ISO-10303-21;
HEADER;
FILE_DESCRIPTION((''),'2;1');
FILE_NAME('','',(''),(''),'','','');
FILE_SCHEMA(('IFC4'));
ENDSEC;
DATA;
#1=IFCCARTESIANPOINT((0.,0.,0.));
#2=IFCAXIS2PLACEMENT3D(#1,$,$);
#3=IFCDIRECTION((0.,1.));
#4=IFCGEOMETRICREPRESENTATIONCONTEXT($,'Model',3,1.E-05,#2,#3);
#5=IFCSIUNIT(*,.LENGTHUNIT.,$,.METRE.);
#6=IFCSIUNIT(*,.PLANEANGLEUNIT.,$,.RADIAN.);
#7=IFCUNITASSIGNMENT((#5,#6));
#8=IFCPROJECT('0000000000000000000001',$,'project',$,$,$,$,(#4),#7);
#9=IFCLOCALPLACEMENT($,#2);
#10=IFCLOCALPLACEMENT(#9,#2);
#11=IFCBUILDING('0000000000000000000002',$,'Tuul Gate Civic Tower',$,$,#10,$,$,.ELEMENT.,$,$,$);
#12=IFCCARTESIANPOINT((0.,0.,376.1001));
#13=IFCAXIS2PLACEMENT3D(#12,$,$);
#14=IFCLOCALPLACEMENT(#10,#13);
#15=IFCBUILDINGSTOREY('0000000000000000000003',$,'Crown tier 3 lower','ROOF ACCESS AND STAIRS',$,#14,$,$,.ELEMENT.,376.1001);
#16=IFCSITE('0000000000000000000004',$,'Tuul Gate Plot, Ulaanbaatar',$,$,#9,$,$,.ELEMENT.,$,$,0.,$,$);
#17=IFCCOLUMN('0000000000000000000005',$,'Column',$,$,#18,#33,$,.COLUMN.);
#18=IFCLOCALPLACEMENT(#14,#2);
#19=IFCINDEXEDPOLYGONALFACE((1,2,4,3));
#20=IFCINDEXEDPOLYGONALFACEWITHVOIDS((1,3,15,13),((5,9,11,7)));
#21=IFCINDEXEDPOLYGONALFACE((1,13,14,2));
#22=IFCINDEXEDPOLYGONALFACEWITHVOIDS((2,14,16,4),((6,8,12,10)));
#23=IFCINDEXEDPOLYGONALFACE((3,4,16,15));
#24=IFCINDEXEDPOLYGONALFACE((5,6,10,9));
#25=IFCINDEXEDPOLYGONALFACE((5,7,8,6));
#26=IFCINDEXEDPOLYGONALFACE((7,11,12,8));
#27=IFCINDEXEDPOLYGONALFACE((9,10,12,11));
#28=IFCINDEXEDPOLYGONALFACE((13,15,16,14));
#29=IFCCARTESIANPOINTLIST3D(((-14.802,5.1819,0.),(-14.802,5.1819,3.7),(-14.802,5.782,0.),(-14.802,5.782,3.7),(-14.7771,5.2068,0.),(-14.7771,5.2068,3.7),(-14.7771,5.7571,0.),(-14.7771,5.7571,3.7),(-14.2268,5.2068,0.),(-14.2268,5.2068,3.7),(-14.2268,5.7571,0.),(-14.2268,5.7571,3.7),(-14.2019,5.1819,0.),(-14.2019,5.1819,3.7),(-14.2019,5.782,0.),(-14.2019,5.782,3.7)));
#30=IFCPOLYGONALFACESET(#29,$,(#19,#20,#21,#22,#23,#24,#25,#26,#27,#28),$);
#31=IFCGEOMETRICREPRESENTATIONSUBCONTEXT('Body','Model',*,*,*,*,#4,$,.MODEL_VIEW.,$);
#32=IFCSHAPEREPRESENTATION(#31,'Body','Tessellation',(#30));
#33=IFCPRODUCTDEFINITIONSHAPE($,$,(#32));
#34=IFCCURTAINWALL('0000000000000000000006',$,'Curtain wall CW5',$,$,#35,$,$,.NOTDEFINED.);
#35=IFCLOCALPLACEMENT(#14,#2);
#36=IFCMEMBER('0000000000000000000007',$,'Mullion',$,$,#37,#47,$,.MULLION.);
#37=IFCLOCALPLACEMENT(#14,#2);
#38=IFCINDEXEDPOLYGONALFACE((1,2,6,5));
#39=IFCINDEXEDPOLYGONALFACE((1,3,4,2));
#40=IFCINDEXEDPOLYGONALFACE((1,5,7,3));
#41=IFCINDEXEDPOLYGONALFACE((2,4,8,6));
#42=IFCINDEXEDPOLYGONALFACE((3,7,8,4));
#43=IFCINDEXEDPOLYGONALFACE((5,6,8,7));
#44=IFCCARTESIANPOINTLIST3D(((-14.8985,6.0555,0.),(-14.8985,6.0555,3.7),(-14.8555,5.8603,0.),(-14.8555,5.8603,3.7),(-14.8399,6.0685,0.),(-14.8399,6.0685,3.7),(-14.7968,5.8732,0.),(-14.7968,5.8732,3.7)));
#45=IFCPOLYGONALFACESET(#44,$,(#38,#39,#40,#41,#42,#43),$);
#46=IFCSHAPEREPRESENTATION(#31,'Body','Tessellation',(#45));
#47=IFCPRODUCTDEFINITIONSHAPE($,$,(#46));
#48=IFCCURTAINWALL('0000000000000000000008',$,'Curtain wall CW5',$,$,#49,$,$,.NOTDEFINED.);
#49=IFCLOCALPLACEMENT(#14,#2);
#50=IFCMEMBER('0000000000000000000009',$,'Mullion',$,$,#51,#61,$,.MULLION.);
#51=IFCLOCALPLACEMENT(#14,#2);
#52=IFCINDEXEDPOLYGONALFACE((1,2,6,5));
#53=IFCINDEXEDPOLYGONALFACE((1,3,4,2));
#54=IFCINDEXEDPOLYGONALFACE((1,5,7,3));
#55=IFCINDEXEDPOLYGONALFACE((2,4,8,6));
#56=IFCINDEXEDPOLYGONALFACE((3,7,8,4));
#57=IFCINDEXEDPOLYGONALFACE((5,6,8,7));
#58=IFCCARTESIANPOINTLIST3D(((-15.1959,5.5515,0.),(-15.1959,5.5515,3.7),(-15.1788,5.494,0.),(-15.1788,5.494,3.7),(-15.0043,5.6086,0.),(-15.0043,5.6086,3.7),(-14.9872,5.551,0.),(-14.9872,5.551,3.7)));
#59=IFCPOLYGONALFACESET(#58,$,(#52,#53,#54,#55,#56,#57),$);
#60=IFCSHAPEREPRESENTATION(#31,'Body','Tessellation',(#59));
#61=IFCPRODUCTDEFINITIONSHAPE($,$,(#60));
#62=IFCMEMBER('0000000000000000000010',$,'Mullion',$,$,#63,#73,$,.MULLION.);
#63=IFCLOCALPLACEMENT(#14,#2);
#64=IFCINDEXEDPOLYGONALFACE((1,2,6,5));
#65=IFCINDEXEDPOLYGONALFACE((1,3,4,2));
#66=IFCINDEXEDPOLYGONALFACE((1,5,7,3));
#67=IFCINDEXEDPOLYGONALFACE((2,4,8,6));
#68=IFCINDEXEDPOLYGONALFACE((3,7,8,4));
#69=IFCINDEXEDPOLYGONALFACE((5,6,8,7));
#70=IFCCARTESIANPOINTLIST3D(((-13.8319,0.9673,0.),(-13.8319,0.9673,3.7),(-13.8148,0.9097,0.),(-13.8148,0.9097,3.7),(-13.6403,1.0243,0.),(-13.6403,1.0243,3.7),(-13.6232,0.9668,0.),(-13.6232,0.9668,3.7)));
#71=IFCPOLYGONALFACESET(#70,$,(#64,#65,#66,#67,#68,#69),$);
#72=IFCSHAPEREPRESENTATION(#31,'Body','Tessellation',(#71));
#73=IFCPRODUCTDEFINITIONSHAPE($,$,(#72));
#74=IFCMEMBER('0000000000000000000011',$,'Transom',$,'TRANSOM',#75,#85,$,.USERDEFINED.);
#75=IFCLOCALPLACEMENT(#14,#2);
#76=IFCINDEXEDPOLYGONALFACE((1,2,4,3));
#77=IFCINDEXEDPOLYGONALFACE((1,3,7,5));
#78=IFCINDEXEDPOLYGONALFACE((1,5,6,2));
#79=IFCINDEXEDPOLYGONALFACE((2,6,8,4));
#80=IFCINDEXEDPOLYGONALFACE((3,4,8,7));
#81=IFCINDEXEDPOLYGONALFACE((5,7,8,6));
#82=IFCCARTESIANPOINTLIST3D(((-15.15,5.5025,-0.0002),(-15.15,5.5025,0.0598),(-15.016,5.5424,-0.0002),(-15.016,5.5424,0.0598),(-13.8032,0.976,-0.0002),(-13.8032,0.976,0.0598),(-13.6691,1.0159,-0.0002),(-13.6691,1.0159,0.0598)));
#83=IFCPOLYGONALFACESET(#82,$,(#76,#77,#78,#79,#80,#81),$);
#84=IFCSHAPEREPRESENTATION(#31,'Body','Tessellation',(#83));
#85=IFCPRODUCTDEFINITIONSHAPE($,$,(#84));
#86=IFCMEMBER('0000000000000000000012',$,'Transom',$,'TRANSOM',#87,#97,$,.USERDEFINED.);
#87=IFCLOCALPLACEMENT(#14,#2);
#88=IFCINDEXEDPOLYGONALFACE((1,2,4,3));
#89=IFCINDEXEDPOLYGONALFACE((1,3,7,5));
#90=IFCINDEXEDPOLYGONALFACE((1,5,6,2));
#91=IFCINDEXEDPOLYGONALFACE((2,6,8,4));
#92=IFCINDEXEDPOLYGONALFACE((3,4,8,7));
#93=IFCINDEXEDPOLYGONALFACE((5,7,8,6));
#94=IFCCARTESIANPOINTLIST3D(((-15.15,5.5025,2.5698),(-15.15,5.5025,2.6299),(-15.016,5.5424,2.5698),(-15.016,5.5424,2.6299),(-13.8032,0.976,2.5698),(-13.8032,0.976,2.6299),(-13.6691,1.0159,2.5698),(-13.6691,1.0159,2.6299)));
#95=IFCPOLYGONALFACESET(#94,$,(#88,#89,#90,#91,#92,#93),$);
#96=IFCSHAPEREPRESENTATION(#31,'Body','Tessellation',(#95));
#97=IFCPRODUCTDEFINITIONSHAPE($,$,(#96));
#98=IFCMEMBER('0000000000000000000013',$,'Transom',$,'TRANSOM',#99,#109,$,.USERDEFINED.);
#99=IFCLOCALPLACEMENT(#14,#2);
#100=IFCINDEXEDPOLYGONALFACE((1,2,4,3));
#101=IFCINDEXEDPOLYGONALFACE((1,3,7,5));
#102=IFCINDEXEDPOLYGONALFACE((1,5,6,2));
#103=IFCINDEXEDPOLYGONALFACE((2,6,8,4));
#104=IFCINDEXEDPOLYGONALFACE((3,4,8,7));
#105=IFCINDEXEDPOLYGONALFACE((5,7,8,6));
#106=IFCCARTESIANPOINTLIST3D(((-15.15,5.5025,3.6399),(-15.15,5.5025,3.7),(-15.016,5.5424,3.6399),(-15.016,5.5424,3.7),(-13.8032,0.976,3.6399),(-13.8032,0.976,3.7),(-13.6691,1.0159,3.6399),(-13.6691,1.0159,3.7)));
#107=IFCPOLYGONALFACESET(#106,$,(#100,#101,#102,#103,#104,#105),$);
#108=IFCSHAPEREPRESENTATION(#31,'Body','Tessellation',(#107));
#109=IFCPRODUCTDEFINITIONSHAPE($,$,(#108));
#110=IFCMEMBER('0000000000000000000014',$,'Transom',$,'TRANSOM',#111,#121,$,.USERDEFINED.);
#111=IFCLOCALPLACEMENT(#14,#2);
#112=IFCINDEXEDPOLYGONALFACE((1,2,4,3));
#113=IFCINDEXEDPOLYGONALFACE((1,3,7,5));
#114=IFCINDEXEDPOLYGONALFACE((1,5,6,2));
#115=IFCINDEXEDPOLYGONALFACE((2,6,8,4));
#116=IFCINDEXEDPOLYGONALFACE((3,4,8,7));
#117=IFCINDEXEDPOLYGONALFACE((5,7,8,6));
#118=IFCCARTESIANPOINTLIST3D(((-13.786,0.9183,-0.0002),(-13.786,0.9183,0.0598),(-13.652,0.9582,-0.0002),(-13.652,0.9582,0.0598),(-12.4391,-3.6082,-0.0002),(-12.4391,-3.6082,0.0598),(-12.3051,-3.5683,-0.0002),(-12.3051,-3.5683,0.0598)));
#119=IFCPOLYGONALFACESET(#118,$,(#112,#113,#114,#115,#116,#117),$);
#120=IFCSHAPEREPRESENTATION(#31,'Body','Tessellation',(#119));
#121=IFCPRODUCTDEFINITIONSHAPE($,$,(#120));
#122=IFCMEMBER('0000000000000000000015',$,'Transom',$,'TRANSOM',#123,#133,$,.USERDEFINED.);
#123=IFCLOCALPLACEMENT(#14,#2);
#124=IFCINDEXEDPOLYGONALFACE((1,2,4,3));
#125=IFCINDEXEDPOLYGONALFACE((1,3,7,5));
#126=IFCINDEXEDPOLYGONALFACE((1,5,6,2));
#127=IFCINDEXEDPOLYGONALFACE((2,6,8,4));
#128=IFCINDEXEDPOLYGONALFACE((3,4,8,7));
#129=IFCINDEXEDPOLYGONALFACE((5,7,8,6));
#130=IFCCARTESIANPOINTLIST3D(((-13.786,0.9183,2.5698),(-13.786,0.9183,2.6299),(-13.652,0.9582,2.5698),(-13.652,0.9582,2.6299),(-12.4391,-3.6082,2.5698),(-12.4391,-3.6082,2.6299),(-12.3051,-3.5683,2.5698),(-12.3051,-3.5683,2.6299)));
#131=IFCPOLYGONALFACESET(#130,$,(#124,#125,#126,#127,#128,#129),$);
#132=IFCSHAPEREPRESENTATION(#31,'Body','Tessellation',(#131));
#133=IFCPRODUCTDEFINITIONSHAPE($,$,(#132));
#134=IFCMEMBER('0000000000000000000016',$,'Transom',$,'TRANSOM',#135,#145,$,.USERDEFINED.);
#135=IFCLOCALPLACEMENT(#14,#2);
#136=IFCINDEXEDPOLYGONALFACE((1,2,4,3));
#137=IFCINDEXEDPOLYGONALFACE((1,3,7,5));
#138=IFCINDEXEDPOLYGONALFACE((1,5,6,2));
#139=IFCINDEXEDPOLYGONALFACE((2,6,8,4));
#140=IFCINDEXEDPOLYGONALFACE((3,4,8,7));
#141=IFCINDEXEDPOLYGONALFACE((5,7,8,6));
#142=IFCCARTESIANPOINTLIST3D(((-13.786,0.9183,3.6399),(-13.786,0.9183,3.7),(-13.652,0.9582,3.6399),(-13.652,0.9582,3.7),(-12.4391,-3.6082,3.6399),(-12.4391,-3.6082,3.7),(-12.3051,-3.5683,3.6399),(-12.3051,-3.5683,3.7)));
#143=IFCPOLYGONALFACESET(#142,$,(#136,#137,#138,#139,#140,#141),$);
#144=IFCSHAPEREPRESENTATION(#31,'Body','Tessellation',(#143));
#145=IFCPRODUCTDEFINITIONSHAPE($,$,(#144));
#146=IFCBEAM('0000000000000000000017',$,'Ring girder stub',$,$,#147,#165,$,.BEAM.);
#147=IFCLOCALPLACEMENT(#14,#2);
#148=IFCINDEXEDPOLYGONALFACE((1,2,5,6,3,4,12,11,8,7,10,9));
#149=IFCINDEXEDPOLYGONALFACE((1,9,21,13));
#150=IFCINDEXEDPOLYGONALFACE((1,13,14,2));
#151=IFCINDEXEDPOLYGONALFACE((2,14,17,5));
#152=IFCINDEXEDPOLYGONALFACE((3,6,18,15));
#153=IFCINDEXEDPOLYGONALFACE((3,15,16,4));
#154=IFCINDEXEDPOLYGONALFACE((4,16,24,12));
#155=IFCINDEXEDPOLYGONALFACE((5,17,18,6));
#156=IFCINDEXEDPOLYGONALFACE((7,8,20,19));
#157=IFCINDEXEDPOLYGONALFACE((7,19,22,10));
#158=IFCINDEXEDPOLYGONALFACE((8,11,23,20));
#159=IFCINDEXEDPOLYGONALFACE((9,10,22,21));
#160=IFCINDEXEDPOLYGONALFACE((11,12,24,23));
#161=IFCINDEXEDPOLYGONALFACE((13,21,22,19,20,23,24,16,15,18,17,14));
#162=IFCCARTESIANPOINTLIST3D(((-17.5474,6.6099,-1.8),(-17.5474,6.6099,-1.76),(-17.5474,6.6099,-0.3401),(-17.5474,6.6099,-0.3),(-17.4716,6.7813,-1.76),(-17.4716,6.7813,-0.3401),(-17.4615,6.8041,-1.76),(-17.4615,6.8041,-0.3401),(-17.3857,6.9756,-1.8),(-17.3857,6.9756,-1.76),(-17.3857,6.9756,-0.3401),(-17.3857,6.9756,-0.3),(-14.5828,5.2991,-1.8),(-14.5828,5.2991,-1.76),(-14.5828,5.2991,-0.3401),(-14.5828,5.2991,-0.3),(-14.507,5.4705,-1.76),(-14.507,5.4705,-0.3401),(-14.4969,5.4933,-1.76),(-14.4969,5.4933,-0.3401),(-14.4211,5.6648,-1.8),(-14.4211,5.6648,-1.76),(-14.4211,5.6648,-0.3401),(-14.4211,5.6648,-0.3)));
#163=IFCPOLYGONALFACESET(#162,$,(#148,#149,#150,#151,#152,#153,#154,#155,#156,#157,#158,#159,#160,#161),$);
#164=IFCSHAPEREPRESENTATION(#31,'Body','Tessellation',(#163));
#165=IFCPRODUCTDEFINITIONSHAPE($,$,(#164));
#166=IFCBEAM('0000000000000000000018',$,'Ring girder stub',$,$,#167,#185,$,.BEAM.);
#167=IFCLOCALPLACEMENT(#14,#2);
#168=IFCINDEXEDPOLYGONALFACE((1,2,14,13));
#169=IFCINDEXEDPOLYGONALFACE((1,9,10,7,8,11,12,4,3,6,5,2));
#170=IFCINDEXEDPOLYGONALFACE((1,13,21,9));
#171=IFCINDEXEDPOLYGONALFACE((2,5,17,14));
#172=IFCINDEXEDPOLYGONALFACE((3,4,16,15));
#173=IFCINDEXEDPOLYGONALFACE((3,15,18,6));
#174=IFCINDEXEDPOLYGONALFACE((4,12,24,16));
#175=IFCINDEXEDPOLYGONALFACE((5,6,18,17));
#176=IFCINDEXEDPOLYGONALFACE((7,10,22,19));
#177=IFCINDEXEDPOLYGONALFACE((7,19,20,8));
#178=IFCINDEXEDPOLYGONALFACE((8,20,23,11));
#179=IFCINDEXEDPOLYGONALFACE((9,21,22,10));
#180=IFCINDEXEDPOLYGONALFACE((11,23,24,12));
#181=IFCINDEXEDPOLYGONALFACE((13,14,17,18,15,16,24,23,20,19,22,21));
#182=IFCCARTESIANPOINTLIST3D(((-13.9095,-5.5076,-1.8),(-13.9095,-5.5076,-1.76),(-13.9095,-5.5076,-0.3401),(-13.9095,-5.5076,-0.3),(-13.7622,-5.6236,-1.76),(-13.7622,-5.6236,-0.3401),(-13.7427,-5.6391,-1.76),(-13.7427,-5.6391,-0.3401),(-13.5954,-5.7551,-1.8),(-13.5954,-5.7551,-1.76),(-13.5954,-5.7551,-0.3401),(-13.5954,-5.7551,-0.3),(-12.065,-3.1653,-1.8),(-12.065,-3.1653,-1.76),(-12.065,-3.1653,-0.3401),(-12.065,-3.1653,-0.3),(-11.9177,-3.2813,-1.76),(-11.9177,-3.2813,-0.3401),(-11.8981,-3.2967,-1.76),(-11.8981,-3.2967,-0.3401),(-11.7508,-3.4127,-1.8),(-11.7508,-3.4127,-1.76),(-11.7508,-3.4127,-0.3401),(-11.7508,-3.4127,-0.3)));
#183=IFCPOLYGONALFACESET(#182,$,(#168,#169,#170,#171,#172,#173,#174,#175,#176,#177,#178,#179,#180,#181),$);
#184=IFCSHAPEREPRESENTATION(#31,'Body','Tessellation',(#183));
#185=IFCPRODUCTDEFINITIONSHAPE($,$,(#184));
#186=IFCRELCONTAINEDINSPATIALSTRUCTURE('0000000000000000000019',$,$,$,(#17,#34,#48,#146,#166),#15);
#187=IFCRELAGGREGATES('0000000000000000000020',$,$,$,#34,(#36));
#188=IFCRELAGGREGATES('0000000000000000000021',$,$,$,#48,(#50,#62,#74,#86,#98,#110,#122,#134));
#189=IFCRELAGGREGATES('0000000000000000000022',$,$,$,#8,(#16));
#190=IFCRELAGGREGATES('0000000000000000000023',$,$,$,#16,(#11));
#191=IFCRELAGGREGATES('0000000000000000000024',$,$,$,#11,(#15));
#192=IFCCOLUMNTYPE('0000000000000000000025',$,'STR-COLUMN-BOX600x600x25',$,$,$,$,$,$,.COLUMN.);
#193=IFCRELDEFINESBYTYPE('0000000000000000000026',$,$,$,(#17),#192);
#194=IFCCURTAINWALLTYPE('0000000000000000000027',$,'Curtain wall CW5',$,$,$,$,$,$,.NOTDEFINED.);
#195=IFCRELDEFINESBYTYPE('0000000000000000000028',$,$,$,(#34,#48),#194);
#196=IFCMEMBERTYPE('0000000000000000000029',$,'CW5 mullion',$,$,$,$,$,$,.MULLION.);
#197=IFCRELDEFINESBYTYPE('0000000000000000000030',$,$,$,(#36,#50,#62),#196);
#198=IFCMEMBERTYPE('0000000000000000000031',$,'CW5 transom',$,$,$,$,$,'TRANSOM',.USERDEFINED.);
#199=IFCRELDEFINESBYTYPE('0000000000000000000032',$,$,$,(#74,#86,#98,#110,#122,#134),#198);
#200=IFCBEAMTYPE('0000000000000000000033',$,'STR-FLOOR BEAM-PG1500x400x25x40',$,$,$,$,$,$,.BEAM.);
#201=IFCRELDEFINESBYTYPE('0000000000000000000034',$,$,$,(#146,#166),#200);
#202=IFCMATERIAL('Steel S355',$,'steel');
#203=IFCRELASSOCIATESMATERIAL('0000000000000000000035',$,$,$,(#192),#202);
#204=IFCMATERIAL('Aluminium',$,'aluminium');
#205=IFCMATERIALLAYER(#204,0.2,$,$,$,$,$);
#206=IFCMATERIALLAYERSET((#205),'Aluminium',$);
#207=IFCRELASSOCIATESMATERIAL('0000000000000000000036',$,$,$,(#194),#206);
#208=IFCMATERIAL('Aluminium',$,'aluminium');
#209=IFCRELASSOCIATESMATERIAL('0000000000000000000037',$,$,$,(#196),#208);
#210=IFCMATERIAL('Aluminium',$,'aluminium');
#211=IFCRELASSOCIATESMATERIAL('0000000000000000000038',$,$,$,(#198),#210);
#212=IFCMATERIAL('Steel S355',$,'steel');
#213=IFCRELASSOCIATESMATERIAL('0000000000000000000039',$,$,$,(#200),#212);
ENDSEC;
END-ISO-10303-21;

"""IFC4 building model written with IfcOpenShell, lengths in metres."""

from ifc_helpers import new_model, si_unit, direction, frame, origin, origin_2d, place, context, subcontext, project, spatial, rectangle, hollow_rectangle, i_section, extrude, material, layer, layer_set, material_profile, profile_set, type_object, element, aggregate, save


model = new_model("IFC4")

# Units and contexts
model_context = context("Model", 3, precision=1e-05, world=origin(), true_north=direction((0.0, 1.0)))
body_context = subcontext(model_context, "Body", "Model", "MODEL_VIEW")
ifc_project = project(units=[si_unit("LENGTHUNIT", "METRE"), si_unit("PLANEANGLEUNIT", "RADIAN")], contexts=[model_context])

# Site, building, storey
site_placement = place(None, origin())
site = spatial("IfcSite", under=ifc_project, at=site_placement, Name="Tuul Gate Plot, Ulaanbaatar", CompositionType="ELEMENT", RefElevation=0.0)
building_placement = place(site_placement, origin())
building = spatial("IfcBuilding", under=site, at=building_placement, Name="Tuul Gate Civic Tower", CompositionType="ELEMENT")
storey_placement = place(building_placement, frame((0.0, 0.0, 376.1001)))
storey = spatial("IfcBuildingStorey", under=building, at=storey_placement, Name="Crown tier 3 lower", Description="ROOF ACCESS AND STAIRS", CompositionType="ELEMENT", Elevation=376.1001)

# Column
ifc_material_1 = material(Name="Steel S355", Category="steel")
ifc_material_profile_1 = material_profile(ifc_material_1, hollow_rectangle(XDim=0.6001, YDim=0.6001, WallThickness=0.0249, at=origin_2d()), Name="BOX600x600x25")
ifc_profile_set_1 = profile_set([ifc_material_profile_1], Name="Steel S355")
column_type = type_object("IfcColumnType", Name="STR-COLUMN-BOX600x600x25", PredefinedType="COLUMN", material=ifc_profile_set_1)
column_placement = place(storey_placement, frame((-14.502, 5.4819, 0.0), z_axis=(0.0, 0.0, 1.0), x_axis=(1.0, 0.0, 0.0)))
element("IfcColumn", 1, at=column_placement, inside=storey, type_object=column_type, Name="Column", PredefinedType="COLUMN", context=body_context, shape_type="SweptSolid", body=[
    extrude(hollow_rectangle(XDim=0.6001, YDim=0.6001, WallThickness=0.0249, at=origin_2d()), origin(), (0.0, 0.0, 1.0), 3.7),
])

# Curtain wall, member
ifc_material_2 = material(Name="Aluminium", Category="aluminium")
ifc_layer_1 = layer(ifc_material_2, 0.2)
ifc_layer_set_1 = layer_set([ifc_layer_1], Name="Aluminium")
curtain_wall_type = type_object("IfcCurtainWallType", Name="Curtain wall CW5", PredefinedType="NOTDEFINED", material=ifc_layer_set_1)
curtain_wall_1_placement = place(storey_placement, origin())
curtain_wall_1 = element("IfcCurtainWall", 2, at=curtain_wall_1_placement, inside=storey, type_object=curtain_wall_type, Name="Curtain wall CW5", PredefinedType="NOTDEFINED")
ifc_material_3 = material(Name="Aluminium", Category="aluminium")
ifc_material_profile_2 = material_profile(ifc_material_3, rectangle(XDim=0.2, YDim=0.0601, at=origin_2d()), Name="CW5 mullion")
ifc_profile_set_2 = profile_set([ifc_material_profile_2], Name="Aluminium")
member_type_1 = type_object("IfcMemberType", Name="CW5 mullion", PredefinedType="MULLION", material=ifc_profile_set_2)
member_1_placement = place(storey_placement, frame((-14.8477, 5.9644, 0.0), z_axis=(0.0, 0.0, 1.0), x_axis=(0.215298, -0.976548, 0.0)))
member_1 = element("IfcMember", 3, at=member_1_placement, type_object=member_type_1, Name="Mullion", PredefinedType="MULLION", context=body_context, shape_type="SweptSolid", body=[
    extrude(rectangle(XDim=0.2, YDim=0.0601, at=origin_2d()), origin(), (0.0, 0.0, 1.0), 3.7),
])
aggregate(curtain_wall_1, [member_1])

# Curtain wall, members
curtain_wall_2_placement = place(storey_placement, origin())
curtain_wall_2 = element("IfcCurtainWall", 4, at=curtain_wall_2_placement, inside=storey, type_object=curtain_wall_type, Name="Curtain wall CW5", PredefinedType="NOTDEFINED")
member_2_placement = place(storey_placement, frame((-15.0916, 5.5513, 0.0), z_axis=(0.0, 0.0, 1.0), x_axis=(0.958476, 0.285174, 0.0)))
member_2 = element("IfcMember", 5, at=member_2_placement, type_object=member_type_1, Name="Mullion", PredefinedType="MULLION", context=body_context, shape_type="SweptSolid", body=[
    extrude(rectangle(XDim=0.2, YDim=0.0601, at=origin_2d()), origin(), (0.0, 0.0, 1.0), 3.7),
])
member_3_placement = place(storey_placement, frame((-13.7275, 0.967, 0.0), z_axis=(0.0, 0.0, 1.0), x_axis=(0.958476, 0.285174, 0.0)))
member_3 = element("IfcMember", 6, at=member_3_placement, type_object=member_type_1, Name="Mullion", PredefinedType="MULLION", context=body_context, shape_type="SweptSolid", body=[
    extrude(rectangle(XDim=0.2, YDim=0.0601, at=origin_2d()), origin(), (0.0, 0.0, 1.0), 3.7),
])
ifc_material_4 = material(Name="Aluminium", Category="aluminium")
ifc_material_profile_3 = material_profile(ifc_material_4, rectangle(XDim=0.1399, YDim=0.0601, at=origin_2d()), Name="CW5 transom")
ifc_profile_set_3 = profile_set([ifc_material_profile_3], Name="Aluminium")
member_type_2 = type_object("IfcMemberType", Name="CW5 transom", ElementType="TRANSOM", PredefinedType="USERDEFINED", material=ifc_profile_set_3)
member_4_placement = place(storey_placement, frame((-15.083, 5.5225, 0.0298), z_axis=(0.285199, -0.958468, 0.0), x_axis=(0.958468, 0.285199, 0.0)))
member_4 = element("IfcMember", 7, at=member_4_placement, type_object=member_type_2, Name="Transom", ObjectType="TRANSOM", PredefinedType="USERDEFINED", context=body_context, shape_type="SweptSolid", body=[
    extrude(rectangle(XDim=0.1399, YDim=0.0601, at=origin_2d()), origin(), (0.0, 0.0, 1.0), 4.7227),
])
member_5_placement = place(storey_placement, frame((-15.083, 5.5225, 2.5999), z_axis=(0.285199, -0.958468, 0.0), x_axis=(0.958468, 0.285199, 0.0)))
member_5 = element("IfcMember", 8, at=member_5_placement, type_object=member_type_2, Name="Transom", ObjectType="TRANSOM", PredefinedType="USERDEFINED", context=body_context, shape_type="SweptSolid", body=[
    extrude(rectangle(XDim=0.1399, YDim=0.0601, at=origin_2d()), origin(), (0.0, 0.0, 1.0), 4.7227),
])
member_6_placement = place(storey_placement, frame((-15.083, 5.5225, 3.6699), z_axis=(0.285199, -0.958468, 0.0), x_axis=(0.958468, 0.285199, 0.0)))
member_6 = element("IfcMember", 9, at=member_6_placement, type_object=member_type_2, Name="Transom", ObjectType="TRANSOM", PredefinedType="USERDEFINED", context=body_context, shape_type="SweptSolid", body=[
    extrude(rectangle(XDim=0.1399, YDim=0.0601, at=origin_2d()), origin(), (0.0, 0.0, 1.0), 4.7227),
])
member_7_placement = place(storey_placement, frame((-13.719, 0.9382, 0.0298), z_axis=(0.285199, -0.958468, 0.0), x_axis=(0.958468, 0.285199, 0.0)))
member_7 = element("IfcMember", 10, at=member_7_placement, type_object=member_type_2, Name="Transom", ObjectType="TRANSOM", PredefinedType="USERDEFINED", context=body_context, shape_type="SweptSolid", body=[
    extrude(rectangle(XDim=0.1399, YDim=0.0601, at=origin_2d()), origin(), (0.0, 0.0, 1.0), 4.7227),
])
member_8_placement = place(storey_placement, frame((-13.719, 0.9382, 2.5999), z_axis=(0.285199, -0.958468, 0.0), x_axis=(0.958468, 0.285199, 0.0)))
member_8 = element("IfcMember", 11, at=member_8_placement, type_object=member_type_2, Name="Transom", ObjectType="TRANSOM", PredefinedType="USERDEFINED", context=body_context, shape_type="SweptSolid", body=[
    extrude(rectangle(XDim=0.1399, YDim=0.0601, at=origin_2d()), origin(), (0.0, 0.0, 1.0), 4.7227),
])
member_9_placement = place(storey_placement, frame((-13.719, 0.9382, 3.6699), z_axis=(0.285199, -0.958468, 0.0), x_axis=(0.958468, 0.285199, 0.0)))
member_9 = element("IfcMember", 12, at=member_9_placement, type_object=member_type_2, Name="Transom", ObjectType="TRANSOM", PredefinedType="USERDEFINED", context=body_context, shape_type="SweptSolid", body=[
    extrude(rectangle(XDim=0.1399, YDim=0.0601, at=origin_2d()), origin(), (0.0, 0.0, 1.0), 4.7227),
])

# Beams
ifc_material_5 = material(Name="Steel S355", Category="steel")
ifc_material_profile_4 = material_profile(ifc_material_5, i_section(OverallWidth=0.3999, OverallDepth=1.5, WebThickness=0.0249, FlangeThickness=0.04, at=origin_2d()), Name="PG1500x400x25x40")
ifc_profile_set_4 = profile_set([ifc_material_profile_4], Name="Steel S355")
beam_type_1 = type_object("IfcBeamType", Name="STR-FLOOR BEAM-PG1500x400x25x40", PredefinedType="BEAM", material=ifc_profile_set_4)
beam_1_placement = place(storey_placement, frame((-17.4666, 6.7927, -1.05), z_axis=(0.914589, -0.404384, 0.0), x_axis=(0.404384, 0.914589, 0.0)))
element("IfcBeam", 13, at=beam_1_placement, inside=storey, type_object=beam_type_1, Name="Ring girder stub", PredefinedType="BEAM", context=body_context, shape_type="SweptSolid", body=[
    extrude(i_section(OverallWidth=0.3999, OverallDepth=1.5, WebThickness=0.0249, FlangeThickness=0.04, at=origin_2d()), origin(), (0.0, 0.0, 1.0), 3.2415),
])
beam_2_placement = place(storey_placement, frame((-13.7524, -5.6313, -1.05), z_axis=(0.618675, 0.785647, 0.0), x_axis=(-0.785647, 0.618675, 0.0)))
element("IfcBeam", 14, at=beam_2_placement, inside=storey, type_object=beam_type_1, Name="Ring girder stub", PredefinedType="BEAM", context=body_context, shape_type="SweptSolid", body=[
    extrude(i_section(OverallWidth=0.3999, OverallDepth=1.5, WebThickness=0.0249, FlangeThickness=0.04, at=origin_2d()), origin(), (0.0, 0.0, 1.0), 2.9814),
])

aggregate(curtain_wall_2, [member_2, member_3, member_4, member_5, member_6, member_7, member_8, member_9])

save(model, "model.ifc")
